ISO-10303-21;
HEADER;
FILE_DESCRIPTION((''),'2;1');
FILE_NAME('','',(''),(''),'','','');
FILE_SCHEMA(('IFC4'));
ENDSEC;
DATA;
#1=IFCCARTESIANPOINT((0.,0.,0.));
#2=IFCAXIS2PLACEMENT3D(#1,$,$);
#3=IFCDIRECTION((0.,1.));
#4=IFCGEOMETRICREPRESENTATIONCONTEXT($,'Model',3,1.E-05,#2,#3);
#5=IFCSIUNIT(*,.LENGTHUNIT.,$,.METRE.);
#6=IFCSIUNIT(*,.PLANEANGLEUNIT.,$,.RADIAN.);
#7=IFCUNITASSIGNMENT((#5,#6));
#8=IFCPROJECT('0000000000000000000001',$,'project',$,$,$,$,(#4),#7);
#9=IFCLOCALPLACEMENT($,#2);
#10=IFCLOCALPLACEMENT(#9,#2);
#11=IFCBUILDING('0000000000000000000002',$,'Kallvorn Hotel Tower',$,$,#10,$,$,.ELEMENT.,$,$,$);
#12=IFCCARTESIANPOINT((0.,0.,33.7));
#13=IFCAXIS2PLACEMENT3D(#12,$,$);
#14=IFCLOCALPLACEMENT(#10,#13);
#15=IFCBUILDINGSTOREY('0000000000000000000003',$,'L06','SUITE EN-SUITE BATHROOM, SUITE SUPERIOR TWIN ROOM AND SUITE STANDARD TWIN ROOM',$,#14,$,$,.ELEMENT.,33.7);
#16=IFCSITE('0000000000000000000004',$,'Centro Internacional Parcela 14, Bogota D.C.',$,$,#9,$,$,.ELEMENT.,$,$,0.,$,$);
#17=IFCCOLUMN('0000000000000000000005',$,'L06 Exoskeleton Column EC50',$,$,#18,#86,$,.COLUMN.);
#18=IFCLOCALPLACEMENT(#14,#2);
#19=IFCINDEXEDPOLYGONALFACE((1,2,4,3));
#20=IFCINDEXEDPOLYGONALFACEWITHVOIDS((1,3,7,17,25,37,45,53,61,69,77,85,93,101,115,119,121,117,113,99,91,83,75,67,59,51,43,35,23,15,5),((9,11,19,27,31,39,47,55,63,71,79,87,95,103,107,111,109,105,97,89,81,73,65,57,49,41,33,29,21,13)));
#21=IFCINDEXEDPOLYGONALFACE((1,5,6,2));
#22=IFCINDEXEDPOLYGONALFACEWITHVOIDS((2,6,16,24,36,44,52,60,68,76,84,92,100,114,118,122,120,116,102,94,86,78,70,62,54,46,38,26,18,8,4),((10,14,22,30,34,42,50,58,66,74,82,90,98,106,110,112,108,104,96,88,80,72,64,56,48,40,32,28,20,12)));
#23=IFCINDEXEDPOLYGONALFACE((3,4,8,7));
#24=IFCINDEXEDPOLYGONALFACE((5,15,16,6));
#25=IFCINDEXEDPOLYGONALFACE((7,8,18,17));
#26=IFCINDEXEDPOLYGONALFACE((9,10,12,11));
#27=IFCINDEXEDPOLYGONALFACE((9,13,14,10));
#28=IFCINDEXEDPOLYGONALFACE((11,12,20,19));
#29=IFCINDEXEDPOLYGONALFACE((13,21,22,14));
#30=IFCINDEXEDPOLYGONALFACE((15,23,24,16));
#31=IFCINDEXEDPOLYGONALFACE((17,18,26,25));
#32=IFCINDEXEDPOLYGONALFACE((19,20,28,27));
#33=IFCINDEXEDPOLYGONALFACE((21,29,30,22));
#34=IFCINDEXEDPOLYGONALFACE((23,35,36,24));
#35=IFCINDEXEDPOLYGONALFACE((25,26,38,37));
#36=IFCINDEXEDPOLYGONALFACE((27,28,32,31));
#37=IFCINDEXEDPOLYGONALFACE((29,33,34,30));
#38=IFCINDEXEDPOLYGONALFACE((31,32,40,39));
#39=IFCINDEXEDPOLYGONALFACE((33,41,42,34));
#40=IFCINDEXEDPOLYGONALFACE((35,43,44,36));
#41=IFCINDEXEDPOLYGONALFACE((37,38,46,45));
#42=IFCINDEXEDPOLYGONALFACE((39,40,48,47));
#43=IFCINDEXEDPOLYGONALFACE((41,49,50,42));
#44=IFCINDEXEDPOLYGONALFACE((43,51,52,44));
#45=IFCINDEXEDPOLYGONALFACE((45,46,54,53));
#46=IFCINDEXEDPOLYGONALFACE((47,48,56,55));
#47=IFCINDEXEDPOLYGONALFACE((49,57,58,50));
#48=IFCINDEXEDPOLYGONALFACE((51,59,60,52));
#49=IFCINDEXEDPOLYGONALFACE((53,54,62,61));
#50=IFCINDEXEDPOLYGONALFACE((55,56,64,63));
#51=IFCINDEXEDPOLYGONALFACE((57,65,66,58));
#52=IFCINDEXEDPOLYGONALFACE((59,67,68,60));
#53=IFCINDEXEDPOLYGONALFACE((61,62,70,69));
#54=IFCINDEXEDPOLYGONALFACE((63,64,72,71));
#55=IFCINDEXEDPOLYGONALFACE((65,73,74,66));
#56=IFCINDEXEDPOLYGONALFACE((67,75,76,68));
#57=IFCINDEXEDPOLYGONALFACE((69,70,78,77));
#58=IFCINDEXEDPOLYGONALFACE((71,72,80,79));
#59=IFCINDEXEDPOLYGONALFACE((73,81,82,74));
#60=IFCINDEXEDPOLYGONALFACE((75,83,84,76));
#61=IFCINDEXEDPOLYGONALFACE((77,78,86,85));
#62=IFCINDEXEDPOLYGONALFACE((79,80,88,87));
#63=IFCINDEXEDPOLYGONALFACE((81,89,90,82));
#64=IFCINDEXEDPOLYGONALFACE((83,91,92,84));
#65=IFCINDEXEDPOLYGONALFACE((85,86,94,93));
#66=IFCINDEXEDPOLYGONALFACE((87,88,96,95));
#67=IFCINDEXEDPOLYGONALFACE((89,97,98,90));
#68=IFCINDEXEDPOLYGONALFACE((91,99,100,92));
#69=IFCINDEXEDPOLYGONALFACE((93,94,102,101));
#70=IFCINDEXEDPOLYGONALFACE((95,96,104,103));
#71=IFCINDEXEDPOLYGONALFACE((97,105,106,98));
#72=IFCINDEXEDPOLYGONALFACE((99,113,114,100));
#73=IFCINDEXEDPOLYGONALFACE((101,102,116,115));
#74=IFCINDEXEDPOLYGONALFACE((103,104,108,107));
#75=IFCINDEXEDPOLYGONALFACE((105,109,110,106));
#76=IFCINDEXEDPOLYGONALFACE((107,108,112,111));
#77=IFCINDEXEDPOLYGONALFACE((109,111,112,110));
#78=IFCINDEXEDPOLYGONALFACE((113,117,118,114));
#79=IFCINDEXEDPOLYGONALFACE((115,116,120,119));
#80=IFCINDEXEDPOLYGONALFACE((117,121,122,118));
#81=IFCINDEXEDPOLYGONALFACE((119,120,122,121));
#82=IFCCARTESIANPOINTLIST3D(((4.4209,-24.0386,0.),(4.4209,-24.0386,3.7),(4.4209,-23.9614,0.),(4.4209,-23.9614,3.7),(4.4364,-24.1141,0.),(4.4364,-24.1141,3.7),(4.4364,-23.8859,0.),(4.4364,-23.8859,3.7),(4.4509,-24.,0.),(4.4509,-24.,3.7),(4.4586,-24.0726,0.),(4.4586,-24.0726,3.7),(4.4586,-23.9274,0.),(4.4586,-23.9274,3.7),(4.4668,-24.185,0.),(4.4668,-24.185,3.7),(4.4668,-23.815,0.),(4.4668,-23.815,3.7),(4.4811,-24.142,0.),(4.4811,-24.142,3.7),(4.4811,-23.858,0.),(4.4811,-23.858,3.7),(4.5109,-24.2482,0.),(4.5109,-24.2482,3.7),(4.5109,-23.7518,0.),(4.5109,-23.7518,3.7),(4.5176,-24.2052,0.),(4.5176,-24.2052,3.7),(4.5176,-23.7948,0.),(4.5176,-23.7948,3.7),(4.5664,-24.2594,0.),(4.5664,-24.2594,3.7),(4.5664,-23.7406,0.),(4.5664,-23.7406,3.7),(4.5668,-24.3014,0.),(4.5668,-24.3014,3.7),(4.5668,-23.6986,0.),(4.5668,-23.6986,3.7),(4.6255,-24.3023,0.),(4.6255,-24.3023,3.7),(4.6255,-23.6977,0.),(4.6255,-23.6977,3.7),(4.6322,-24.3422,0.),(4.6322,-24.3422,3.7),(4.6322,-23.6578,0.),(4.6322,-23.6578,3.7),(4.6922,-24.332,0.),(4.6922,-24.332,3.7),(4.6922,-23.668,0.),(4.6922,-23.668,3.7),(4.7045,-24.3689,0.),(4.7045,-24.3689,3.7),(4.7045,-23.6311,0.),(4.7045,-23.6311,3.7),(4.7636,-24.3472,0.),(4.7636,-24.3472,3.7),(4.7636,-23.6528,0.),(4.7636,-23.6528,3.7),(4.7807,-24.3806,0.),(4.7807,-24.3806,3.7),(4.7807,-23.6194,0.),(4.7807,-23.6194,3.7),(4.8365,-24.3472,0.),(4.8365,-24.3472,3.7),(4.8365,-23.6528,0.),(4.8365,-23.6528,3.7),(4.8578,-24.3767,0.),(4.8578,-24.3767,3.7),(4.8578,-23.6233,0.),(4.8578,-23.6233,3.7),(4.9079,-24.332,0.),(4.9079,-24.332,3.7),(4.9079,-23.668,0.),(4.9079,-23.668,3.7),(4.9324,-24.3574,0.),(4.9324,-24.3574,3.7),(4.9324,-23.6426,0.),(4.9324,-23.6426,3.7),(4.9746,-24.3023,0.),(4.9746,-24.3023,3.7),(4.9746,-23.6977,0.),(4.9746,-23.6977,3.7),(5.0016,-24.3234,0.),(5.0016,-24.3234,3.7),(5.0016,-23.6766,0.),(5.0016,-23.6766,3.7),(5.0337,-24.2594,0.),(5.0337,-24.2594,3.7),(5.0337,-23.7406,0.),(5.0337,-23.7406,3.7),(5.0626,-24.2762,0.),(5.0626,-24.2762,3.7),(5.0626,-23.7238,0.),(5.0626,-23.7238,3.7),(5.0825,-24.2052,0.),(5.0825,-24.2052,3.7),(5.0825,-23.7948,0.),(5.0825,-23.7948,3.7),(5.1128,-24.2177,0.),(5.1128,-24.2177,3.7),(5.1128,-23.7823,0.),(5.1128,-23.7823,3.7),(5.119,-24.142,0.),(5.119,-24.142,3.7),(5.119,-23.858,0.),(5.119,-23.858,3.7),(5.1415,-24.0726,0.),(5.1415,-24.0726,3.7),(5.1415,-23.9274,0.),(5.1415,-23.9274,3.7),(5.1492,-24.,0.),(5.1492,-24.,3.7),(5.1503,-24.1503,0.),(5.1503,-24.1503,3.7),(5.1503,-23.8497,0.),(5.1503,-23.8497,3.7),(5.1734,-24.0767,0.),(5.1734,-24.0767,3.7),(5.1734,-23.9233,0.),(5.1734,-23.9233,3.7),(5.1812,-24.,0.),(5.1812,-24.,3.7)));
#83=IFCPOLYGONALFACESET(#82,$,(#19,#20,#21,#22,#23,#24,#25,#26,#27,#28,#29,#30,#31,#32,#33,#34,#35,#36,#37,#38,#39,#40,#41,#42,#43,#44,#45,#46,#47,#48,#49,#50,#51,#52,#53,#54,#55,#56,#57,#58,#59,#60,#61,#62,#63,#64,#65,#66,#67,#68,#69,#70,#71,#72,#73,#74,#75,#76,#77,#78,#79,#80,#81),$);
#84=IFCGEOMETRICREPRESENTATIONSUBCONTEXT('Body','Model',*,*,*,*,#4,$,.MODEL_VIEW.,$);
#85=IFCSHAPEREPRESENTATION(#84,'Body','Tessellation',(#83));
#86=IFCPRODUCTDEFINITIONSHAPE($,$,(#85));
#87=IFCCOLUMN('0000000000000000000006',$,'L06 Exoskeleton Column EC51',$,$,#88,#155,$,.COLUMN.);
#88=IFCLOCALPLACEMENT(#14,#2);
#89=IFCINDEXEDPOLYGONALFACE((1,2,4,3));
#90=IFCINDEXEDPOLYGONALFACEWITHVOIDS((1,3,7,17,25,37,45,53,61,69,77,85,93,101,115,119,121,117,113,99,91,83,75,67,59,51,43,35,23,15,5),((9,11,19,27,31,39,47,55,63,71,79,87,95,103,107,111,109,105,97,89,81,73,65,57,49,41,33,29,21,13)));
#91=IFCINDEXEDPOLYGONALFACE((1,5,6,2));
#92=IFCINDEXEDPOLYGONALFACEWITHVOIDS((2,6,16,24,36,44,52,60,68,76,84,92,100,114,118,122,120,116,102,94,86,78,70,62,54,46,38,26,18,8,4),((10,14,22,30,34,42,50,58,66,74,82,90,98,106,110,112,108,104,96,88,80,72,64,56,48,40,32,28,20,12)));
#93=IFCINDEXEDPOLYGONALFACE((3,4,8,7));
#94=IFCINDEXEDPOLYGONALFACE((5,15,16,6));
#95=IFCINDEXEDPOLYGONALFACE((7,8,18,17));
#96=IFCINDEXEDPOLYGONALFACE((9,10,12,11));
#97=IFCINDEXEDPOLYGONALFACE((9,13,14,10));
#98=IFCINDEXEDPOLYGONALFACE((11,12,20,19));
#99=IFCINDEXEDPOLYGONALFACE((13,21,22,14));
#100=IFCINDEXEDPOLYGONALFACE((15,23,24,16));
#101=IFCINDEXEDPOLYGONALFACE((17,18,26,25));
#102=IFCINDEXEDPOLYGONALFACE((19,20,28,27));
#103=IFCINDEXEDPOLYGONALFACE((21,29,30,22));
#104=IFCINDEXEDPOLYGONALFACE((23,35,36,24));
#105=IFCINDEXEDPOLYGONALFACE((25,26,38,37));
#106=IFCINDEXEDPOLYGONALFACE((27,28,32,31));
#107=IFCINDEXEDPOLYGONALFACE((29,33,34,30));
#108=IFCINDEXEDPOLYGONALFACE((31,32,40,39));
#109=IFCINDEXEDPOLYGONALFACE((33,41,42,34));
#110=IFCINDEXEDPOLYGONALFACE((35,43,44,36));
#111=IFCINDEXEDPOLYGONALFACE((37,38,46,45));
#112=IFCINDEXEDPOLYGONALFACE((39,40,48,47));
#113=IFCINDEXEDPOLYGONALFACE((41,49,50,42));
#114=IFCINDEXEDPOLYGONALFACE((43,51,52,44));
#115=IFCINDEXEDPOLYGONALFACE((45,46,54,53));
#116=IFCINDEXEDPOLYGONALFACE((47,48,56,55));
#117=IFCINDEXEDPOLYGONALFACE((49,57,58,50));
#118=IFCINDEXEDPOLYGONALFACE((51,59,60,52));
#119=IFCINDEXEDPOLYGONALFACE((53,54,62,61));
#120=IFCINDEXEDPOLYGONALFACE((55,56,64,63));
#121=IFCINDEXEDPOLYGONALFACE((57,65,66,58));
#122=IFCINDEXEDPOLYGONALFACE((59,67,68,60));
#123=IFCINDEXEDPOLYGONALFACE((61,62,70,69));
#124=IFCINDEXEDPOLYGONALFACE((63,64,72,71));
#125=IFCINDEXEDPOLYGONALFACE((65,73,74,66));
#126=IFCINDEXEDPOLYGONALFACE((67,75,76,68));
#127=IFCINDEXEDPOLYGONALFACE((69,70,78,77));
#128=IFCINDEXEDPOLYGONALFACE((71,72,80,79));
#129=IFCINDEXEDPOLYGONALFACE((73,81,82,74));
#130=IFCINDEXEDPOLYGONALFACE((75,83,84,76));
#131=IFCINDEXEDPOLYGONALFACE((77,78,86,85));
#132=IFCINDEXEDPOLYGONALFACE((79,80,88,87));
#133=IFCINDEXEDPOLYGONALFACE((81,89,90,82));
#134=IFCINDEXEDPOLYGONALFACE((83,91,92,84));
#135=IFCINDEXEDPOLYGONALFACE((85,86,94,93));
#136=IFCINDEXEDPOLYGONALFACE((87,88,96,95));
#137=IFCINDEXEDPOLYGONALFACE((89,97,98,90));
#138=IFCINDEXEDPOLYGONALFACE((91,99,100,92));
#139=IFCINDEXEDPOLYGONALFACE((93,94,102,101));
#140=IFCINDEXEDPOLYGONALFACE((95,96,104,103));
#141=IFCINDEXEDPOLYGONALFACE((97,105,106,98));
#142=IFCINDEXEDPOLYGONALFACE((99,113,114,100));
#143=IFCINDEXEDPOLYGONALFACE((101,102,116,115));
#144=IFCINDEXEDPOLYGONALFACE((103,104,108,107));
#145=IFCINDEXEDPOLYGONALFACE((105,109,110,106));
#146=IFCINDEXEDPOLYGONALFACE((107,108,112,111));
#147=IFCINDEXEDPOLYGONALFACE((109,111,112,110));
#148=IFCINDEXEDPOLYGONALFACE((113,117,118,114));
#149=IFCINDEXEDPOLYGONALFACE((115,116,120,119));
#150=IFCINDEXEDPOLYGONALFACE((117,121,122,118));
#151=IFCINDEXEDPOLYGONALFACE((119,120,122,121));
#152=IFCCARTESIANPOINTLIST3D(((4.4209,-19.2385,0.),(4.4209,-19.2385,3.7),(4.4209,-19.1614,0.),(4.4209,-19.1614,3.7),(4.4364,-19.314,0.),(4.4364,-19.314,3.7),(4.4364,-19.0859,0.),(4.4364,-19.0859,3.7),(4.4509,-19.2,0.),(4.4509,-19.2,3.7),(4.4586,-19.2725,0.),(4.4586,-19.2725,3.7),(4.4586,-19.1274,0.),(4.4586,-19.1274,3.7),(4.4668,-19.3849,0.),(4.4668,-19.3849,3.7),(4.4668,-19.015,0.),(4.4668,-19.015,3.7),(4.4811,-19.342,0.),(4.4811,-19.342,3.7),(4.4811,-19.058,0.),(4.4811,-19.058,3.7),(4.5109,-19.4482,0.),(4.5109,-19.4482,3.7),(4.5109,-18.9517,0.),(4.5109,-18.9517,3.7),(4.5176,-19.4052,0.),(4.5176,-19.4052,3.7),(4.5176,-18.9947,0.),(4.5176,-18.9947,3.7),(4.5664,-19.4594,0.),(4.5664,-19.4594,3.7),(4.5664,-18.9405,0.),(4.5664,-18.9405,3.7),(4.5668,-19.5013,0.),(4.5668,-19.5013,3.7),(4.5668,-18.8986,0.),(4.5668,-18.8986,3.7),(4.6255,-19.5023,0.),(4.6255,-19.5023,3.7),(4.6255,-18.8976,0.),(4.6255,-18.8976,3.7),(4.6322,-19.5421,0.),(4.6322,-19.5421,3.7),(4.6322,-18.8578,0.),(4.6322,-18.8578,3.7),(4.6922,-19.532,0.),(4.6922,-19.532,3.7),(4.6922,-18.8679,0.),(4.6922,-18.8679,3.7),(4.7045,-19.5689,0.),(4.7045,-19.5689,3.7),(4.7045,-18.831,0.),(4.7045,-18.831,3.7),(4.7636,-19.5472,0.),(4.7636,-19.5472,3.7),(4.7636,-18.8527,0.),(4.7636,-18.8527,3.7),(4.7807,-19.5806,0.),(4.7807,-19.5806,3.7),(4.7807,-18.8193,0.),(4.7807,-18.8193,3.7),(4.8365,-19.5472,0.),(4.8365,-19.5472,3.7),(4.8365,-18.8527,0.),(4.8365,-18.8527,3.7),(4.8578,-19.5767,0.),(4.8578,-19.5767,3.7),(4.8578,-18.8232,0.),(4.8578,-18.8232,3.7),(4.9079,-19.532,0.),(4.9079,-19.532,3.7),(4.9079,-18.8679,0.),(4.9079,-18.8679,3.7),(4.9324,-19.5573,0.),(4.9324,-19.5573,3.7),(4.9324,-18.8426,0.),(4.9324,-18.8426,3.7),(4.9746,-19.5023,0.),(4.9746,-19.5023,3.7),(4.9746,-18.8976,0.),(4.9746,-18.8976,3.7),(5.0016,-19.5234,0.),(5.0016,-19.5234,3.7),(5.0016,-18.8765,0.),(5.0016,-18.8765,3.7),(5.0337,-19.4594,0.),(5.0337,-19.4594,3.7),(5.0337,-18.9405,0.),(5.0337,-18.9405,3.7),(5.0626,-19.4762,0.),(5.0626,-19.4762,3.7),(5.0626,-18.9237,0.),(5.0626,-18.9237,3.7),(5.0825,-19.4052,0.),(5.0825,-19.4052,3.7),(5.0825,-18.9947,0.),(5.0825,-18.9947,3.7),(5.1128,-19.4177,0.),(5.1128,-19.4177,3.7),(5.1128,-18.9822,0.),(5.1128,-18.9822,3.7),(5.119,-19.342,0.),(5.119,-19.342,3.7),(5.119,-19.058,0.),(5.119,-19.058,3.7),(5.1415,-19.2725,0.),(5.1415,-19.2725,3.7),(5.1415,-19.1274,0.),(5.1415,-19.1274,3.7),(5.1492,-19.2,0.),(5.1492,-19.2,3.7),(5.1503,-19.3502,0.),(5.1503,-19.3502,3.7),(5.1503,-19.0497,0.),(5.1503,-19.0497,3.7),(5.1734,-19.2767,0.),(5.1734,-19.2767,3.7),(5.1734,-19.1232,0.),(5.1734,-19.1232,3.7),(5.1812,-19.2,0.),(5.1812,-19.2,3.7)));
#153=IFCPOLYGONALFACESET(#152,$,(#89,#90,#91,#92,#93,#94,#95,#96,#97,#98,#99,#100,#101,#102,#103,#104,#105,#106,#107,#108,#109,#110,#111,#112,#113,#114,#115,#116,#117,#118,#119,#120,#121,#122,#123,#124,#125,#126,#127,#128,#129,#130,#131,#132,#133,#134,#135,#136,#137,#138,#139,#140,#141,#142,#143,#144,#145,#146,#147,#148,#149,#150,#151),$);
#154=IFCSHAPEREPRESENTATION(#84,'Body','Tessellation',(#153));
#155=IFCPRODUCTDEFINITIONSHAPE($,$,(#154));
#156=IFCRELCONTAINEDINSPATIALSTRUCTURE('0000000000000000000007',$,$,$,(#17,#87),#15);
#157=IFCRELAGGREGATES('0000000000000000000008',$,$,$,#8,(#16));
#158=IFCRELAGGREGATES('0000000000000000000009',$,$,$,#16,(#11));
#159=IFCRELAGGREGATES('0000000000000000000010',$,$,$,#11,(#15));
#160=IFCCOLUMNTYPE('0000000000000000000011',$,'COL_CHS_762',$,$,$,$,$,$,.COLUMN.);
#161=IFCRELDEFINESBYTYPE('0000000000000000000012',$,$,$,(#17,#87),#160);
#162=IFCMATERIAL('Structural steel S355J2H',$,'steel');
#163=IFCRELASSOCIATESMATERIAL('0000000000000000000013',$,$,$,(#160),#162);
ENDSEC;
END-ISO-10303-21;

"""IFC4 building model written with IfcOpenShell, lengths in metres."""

from ifc_helpers import new_model, si_unit, direction, frame, origin, origin_2d, place, context, subcontext, project, spatial, hollow_circle, extrude, material, material_profile, profile_set, type_object, element, save


model = new_model("IFC4")

# Units and contexts
model_context = context("Model", 3, precision=1e-05, world=origin(), true_north=direction((0.0, 1.0)))
body_context = subcontext(model_context, "Body", "Model", "MODEL_VIEW")
ifc_project = project(units=[si_unit("LENGTHUNIT", "METRE"), si_unit("PLANEANGLEUNIT", "RADIAN")], contexts=[model_context])

# Site, building, storey
site_placement = place(None, origin())
site = spatial("IfcSite", under=ifc_project, at=site_placement, Name="Centro Internacional Parcela 14, Bogota D.C.", CompositionType="ELEMENT", RefElevation=0.0)
building_placement = place(site_placement, origin())
building = spatial("IfcBuilding", under=site, at=building_placement, Name="Kallvorn Hotel Tower", CompositionType="ELEMENT")
storey_placement = place(building_placement, frame((0.0, 0.0, 33.7)))
storey = spatial("IfcBuildingStorey", under=building, at=storey_placement, Name="L06", Description="SUITE EN-SUITE BATHROOM, SUITE SUPERIOR TWIN ROOM AND SUITE STANDARD TWIN ROOM", CompositionType="ELEMENT", Elevation=33.7)

# Columns
ifc_material_1 = material(Name="Structural steel S355J2H", Category="steel")
ifc_material_profile_1 = material_profile(ifc_material_1, hollow_circle(Radius=0.3811, WallThickness=0.032, at=origin_2d()), Name="CHS 762x32")
ifc_profile_set_1 = profile_set([ifc_material_profile_1], Name="Structural steel S355J2H")
column_type_1 = type_object("IfcColumnType", Name="COL_CHS_762", PredefinedType="COLUMN", material=ifc_profile_set_1)
for number, where, z_axis, x_axis, name in (
    (1, (4.8, -24.0, 0.0), (0.0, 0.0, 1.0), (1.0, 0.0, 0.0), "L06 Exoskeleton Column EC50"),
    (2, (4.8, -19.2, 0.0), (0.0, 0.0, 1.0), (1.0, 0.0, 0.0), "L06 Exoskeleton Column EC51"),
):
    element("IfcColumn", number, at=place(storey_placement, frame(where, z_axis=z_axis, x_axis=x_axis)), inside=storey, type_object=column_type_1, Name=name, PredefinedType="COLUMN", context=body_context, shape_type="SweptSolid", body=[
        extrude(hollow_circle(Radius=0.3811, WallThickness=0.032, at=origin_2d()), origin(), (0.0, 0.0, 1.0), 3.7),
    ])

save(model, "model.ifc")
